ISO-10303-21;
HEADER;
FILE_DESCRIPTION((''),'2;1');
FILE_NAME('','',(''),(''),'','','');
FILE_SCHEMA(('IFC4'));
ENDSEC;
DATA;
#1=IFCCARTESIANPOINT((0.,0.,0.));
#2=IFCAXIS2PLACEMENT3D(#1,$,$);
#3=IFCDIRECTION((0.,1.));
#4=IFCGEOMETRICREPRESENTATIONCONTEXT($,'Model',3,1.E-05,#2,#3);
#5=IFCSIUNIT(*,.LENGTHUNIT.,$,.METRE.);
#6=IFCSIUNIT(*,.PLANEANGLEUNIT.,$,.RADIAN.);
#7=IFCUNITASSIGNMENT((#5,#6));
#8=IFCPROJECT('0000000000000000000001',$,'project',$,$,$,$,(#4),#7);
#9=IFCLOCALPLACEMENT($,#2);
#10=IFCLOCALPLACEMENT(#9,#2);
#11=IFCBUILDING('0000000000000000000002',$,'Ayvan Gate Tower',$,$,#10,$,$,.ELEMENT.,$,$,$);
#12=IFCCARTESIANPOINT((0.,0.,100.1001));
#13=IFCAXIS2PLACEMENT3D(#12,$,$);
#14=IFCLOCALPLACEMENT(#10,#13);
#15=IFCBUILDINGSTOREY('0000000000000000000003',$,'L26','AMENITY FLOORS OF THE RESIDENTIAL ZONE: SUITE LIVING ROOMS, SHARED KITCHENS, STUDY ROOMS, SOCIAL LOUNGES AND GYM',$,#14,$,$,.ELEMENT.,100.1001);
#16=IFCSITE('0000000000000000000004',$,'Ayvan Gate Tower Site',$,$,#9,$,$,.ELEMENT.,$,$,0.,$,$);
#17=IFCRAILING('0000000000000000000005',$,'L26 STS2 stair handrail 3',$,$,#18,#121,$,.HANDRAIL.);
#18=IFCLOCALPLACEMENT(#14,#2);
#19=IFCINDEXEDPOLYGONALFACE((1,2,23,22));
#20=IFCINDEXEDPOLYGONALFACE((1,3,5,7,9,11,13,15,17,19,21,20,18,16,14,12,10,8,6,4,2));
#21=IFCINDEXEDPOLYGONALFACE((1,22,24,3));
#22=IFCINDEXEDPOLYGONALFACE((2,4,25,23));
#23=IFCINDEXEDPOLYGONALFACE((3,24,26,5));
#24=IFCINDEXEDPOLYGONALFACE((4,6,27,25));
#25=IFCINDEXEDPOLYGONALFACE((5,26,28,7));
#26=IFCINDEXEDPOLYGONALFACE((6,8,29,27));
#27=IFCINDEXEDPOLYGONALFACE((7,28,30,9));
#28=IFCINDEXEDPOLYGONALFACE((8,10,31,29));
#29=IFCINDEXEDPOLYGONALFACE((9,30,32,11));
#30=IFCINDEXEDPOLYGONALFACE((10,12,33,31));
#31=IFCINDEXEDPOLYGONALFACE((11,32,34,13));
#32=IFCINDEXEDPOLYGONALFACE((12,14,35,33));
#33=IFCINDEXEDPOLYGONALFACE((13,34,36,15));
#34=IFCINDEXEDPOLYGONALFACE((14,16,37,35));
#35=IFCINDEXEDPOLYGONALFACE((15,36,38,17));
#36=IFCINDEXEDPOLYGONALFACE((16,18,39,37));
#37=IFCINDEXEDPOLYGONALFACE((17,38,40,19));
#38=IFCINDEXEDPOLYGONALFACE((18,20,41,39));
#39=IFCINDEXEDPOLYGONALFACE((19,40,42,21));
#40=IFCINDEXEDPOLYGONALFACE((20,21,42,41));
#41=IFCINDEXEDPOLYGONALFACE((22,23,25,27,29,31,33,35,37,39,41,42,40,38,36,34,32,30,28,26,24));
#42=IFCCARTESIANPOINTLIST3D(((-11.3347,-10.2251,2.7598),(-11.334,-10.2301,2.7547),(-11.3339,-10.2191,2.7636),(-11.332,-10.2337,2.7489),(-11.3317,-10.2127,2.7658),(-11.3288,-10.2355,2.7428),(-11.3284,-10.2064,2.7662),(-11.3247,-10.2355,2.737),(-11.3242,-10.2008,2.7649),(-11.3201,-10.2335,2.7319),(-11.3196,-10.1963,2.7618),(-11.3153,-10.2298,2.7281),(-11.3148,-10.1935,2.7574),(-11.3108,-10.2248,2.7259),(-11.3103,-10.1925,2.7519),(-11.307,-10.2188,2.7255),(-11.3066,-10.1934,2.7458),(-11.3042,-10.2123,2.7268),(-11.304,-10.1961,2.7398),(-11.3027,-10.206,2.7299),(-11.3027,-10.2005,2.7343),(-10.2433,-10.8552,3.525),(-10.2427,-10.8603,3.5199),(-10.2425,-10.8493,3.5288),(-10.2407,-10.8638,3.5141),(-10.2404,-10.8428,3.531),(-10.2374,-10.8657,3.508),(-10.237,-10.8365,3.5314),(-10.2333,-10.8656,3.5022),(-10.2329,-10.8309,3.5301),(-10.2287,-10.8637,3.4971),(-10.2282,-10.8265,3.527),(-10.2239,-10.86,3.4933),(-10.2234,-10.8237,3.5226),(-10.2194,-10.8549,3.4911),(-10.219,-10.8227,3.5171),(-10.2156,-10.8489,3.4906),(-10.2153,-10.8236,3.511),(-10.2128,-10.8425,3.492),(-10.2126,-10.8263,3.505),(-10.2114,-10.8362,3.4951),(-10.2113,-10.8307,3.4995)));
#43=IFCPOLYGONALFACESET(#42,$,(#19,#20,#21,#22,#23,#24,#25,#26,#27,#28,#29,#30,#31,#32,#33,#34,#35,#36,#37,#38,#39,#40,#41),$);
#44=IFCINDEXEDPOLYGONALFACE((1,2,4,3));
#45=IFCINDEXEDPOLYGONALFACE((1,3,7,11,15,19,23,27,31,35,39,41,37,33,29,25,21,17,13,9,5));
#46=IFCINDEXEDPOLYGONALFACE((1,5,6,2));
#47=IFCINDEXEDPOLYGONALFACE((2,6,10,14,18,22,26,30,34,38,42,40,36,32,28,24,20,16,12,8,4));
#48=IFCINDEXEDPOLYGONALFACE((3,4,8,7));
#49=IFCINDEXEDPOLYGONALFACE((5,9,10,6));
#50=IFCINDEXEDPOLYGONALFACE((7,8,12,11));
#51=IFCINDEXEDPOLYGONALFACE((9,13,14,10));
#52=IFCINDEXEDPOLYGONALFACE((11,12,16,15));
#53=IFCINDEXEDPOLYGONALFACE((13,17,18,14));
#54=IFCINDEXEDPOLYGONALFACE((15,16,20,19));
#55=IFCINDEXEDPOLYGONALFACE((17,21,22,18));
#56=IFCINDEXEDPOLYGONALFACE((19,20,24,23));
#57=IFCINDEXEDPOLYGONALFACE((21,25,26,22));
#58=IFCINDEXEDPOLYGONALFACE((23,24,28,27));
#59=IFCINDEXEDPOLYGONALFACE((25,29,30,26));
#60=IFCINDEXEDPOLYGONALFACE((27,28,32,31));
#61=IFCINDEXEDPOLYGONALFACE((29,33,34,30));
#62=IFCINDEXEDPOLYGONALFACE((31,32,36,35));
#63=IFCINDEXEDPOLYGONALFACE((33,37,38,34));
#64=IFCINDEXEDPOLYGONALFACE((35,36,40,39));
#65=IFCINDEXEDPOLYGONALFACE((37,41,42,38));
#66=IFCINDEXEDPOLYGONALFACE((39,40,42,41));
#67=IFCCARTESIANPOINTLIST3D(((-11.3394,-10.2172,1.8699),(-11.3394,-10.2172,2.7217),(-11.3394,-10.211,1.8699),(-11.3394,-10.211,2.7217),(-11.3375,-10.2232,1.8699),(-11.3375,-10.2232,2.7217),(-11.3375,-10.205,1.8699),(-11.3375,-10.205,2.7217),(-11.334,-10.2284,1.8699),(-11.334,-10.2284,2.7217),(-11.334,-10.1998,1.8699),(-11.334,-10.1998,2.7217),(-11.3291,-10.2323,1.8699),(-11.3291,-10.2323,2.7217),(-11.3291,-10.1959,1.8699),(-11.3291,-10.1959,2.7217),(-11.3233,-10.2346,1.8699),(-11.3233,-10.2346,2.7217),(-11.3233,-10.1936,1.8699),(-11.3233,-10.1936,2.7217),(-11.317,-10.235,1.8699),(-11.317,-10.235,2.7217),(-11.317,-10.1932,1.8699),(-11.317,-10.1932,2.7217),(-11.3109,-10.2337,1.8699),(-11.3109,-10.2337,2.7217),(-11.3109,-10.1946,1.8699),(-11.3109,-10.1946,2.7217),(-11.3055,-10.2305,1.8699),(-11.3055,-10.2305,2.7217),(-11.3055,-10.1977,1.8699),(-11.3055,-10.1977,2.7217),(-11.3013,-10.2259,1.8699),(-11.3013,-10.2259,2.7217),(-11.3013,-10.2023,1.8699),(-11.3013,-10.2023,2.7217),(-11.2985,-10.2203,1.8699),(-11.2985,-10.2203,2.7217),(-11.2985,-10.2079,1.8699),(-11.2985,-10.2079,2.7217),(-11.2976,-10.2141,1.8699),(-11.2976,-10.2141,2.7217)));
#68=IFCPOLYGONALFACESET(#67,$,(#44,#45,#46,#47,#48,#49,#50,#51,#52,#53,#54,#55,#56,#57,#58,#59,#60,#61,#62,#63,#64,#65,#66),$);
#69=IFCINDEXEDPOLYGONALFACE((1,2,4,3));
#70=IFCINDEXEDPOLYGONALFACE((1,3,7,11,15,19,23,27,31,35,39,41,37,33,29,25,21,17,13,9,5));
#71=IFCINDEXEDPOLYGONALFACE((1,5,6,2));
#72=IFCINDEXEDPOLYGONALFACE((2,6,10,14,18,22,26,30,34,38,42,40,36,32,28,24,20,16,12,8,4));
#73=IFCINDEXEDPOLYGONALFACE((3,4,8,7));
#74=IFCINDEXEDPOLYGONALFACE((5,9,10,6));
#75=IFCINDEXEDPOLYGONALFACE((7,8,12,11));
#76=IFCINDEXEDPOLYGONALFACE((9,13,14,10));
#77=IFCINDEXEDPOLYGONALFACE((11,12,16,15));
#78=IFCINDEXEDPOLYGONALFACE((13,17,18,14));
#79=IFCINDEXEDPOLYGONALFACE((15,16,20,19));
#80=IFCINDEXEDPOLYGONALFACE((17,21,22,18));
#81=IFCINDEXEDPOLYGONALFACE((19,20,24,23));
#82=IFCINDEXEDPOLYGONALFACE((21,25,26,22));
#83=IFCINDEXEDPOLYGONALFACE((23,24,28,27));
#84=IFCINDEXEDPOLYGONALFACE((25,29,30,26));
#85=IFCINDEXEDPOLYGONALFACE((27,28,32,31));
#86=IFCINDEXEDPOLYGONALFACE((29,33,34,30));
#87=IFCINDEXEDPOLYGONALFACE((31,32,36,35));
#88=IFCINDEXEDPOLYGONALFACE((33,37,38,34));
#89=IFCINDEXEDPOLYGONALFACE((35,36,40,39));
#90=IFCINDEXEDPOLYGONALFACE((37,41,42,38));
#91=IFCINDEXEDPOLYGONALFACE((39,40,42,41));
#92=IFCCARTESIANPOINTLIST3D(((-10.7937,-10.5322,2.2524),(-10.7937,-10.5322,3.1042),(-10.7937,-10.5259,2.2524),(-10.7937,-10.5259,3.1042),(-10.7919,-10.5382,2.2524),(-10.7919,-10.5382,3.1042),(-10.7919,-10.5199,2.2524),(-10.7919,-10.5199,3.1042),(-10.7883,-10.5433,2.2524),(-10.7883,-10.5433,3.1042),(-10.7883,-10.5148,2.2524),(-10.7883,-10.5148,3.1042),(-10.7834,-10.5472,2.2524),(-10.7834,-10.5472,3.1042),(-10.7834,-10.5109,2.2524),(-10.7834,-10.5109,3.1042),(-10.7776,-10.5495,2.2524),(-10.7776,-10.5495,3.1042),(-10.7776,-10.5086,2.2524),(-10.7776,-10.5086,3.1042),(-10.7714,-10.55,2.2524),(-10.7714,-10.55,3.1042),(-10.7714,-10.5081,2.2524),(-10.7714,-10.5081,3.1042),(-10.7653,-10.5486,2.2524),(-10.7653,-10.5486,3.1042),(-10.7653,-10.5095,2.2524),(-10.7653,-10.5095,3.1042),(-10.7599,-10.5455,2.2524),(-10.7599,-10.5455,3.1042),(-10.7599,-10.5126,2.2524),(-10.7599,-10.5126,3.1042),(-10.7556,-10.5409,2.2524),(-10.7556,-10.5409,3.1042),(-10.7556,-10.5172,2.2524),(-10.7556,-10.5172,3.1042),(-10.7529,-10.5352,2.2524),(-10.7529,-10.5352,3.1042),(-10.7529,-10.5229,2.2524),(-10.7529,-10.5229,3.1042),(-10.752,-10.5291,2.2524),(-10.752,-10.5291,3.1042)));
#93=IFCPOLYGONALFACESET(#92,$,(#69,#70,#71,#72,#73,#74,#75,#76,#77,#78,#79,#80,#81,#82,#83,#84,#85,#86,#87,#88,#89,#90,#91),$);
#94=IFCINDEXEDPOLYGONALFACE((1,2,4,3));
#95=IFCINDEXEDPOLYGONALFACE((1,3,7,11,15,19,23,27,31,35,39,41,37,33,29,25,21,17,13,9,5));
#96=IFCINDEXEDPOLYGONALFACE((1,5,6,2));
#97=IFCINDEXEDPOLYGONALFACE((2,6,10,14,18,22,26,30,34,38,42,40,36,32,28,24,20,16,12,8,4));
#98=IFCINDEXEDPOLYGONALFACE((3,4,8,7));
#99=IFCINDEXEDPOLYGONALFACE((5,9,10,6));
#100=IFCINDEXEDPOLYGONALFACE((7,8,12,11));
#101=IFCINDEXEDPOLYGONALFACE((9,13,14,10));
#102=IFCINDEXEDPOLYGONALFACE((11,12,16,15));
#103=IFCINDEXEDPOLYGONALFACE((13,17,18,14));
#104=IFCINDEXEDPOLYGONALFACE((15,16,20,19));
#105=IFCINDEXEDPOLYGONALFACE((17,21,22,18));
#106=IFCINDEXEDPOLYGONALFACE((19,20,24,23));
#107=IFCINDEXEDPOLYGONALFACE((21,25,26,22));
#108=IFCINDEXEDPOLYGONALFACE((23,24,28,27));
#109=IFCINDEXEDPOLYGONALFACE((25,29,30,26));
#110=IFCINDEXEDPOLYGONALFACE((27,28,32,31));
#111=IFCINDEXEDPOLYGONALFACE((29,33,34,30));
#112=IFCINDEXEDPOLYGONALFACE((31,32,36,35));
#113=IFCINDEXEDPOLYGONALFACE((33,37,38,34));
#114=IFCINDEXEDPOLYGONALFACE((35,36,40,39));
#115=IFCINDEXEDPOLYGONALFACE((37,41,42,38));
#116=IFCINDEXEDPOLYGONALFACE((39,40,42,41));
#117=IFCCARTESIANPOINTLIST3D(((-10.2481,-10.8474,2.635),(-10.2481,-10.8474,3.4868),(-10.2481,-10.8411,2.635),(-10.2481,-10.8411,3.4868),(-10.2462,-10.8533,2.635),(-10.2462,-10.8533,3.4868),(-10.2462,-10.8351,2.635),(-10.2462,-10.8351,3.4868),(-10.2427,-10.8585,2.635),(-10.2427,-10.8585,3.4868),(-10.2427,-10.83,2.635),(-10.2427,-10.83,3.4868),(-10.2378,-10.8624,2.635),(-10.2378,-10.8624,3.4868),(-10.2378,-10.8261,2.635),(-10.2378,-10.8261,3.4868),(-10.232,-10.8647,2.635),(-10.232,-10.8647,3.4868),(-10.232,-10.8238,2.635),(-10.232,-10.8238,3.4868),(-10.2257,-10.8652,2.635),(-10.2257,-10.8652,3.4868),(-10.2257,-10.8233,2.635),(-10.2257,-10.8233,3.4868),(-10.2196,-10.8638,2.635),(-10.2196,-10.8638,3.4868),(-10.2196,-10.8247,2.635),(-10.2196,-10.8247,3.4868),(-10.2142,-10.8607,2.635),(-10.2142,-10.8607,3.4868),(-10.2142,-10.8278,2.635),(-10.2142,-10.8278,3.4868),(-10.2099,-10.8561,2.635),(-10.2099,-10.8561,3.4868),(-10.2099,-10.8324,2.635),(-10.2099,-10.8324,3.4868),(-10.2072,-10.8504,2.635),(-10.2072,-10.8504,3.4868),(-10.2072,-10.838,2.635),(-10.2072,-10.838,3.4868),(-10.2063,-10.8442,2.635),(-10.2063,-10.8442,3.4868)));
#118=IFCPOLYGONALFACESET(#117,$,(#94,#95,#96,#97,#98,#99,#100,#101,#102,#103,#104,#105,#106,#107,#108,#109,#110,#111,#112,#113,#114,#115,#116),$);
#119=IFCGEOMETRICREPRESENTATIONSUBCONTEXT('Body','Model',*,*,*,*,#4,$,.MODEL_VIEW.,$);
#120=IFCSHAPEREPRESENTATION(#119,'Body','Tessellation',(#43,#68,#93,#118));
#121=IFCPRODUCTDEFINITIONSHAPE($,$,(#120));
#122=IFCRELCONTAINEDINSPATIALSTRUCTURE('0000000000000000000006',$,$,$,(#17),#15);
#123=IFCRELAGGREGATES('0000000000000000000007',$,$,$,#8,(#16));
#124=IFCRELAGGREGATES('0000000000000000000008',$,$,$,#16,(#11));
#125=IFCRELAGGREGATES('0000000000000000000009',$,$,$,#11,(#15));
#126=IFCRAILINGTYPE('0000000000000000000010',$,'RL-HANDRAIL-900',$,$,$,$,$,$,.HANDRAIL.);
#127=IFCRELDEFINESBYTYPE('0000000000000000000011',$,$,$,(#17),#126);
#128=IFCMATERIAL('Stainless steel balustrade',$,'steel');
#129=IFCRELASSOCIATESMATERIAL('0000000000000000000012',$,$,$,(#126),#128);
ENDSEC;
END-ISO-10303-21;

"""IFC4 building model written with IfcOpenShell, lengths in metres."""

from ifc_helpers import new_model, si_unit, direction, frame, origin, origin_2d, place, context, subcontext, project, spatial, circle, extrude, material, type_object, element, save


model = new_model("IFC4")

# Units and contexts
model_context = context("Model", 3, precision=1e-05, world=origin(), true_north=direction((0.0, 1.0)))
body_context = subcontext(model_context, "Body", "Model", "MODEL_VIEW")
ifc_project = project(units=[si_unit("LENGTHUNIT", "METRE"), si_unit("PLANEANGLEUNIT", "RADIAN")], contexts=[model_context])

# Site, building, storey
site_placement = place(None, origin())
site = spatial("IfcSite", under=ifc_project, at=site_placement, Name="Ayvan Gate Tower Site", CompositionType="ELEMENT", RefElevation=0.0)
building_placement = place(site_placement, origin())
building = spatial("IfcBuilding", under=site, at=building_placement, Name="Ayvan Gate Tower", CompositionType="ELEMENT")
storey_placement = place(building_placement, frame((0.0, 0.0, 100.1001)))
storey = spatial("IfcBuildingStorey", under=building, at=storey_placement, Name="L26", Description="AMENITY FLOORS OF THE RESIDENTIAL ZONE: SUITE LIVING ROOMS, SHARED KITCHENS, STUDY ROOMS, SOCIAL LOUNGES AND GYM", CompositionType="ELEMENT", Elevation=100.1001)

# Railing
ifc_material_1 = material(Name="Stainless steel balustrade", Category="steel")
railing_type_1 = type_object("IfcRailingType", Name="RL-HANDRAIL-900", PredefinedType="HANDRAIL", material=ifc_material_1)
railing_1_placement = place(storey_placement, frame((-11.3186, -10.2141, 1.8699)))
element("IfcRailing", 1, at=railing_1_placement, inside=storey, type_object=railing_type_1, Name="L26 STS2 stair handrail 3", PredefinedType="HANDRAIL", context=body_context, shape_type="SweptSolid", body=[
    extrude(circle(Radius=0.0239, at=origin_2d()), frame((0.0, 0.0, 0.876), z_axis=(0.740241, -0.427419, 0.518996), x_axis=(0.500035, 0.866005, 0.0)), (0.0, 0.0, 1.0), 1.4744),
    extrude(circle(Radius=0.021, at=origin_2d()), origin(), (0.0, 0.0, 1.0), 0.8518),
    extrude(circle(Radius=0.021, at=origin_2d()), frame((0.5457, -0.3149, 0.3826)), (0.0, 0.0, 1.0), 0.8518),
    extrude(circle(Radius=0.021, at=origin_2d()), frame((1.0913, -0.6301, 0.7651)), (0.0, 0.0, 1.0), 0.8518),
])

save(model, "model.ifc")
